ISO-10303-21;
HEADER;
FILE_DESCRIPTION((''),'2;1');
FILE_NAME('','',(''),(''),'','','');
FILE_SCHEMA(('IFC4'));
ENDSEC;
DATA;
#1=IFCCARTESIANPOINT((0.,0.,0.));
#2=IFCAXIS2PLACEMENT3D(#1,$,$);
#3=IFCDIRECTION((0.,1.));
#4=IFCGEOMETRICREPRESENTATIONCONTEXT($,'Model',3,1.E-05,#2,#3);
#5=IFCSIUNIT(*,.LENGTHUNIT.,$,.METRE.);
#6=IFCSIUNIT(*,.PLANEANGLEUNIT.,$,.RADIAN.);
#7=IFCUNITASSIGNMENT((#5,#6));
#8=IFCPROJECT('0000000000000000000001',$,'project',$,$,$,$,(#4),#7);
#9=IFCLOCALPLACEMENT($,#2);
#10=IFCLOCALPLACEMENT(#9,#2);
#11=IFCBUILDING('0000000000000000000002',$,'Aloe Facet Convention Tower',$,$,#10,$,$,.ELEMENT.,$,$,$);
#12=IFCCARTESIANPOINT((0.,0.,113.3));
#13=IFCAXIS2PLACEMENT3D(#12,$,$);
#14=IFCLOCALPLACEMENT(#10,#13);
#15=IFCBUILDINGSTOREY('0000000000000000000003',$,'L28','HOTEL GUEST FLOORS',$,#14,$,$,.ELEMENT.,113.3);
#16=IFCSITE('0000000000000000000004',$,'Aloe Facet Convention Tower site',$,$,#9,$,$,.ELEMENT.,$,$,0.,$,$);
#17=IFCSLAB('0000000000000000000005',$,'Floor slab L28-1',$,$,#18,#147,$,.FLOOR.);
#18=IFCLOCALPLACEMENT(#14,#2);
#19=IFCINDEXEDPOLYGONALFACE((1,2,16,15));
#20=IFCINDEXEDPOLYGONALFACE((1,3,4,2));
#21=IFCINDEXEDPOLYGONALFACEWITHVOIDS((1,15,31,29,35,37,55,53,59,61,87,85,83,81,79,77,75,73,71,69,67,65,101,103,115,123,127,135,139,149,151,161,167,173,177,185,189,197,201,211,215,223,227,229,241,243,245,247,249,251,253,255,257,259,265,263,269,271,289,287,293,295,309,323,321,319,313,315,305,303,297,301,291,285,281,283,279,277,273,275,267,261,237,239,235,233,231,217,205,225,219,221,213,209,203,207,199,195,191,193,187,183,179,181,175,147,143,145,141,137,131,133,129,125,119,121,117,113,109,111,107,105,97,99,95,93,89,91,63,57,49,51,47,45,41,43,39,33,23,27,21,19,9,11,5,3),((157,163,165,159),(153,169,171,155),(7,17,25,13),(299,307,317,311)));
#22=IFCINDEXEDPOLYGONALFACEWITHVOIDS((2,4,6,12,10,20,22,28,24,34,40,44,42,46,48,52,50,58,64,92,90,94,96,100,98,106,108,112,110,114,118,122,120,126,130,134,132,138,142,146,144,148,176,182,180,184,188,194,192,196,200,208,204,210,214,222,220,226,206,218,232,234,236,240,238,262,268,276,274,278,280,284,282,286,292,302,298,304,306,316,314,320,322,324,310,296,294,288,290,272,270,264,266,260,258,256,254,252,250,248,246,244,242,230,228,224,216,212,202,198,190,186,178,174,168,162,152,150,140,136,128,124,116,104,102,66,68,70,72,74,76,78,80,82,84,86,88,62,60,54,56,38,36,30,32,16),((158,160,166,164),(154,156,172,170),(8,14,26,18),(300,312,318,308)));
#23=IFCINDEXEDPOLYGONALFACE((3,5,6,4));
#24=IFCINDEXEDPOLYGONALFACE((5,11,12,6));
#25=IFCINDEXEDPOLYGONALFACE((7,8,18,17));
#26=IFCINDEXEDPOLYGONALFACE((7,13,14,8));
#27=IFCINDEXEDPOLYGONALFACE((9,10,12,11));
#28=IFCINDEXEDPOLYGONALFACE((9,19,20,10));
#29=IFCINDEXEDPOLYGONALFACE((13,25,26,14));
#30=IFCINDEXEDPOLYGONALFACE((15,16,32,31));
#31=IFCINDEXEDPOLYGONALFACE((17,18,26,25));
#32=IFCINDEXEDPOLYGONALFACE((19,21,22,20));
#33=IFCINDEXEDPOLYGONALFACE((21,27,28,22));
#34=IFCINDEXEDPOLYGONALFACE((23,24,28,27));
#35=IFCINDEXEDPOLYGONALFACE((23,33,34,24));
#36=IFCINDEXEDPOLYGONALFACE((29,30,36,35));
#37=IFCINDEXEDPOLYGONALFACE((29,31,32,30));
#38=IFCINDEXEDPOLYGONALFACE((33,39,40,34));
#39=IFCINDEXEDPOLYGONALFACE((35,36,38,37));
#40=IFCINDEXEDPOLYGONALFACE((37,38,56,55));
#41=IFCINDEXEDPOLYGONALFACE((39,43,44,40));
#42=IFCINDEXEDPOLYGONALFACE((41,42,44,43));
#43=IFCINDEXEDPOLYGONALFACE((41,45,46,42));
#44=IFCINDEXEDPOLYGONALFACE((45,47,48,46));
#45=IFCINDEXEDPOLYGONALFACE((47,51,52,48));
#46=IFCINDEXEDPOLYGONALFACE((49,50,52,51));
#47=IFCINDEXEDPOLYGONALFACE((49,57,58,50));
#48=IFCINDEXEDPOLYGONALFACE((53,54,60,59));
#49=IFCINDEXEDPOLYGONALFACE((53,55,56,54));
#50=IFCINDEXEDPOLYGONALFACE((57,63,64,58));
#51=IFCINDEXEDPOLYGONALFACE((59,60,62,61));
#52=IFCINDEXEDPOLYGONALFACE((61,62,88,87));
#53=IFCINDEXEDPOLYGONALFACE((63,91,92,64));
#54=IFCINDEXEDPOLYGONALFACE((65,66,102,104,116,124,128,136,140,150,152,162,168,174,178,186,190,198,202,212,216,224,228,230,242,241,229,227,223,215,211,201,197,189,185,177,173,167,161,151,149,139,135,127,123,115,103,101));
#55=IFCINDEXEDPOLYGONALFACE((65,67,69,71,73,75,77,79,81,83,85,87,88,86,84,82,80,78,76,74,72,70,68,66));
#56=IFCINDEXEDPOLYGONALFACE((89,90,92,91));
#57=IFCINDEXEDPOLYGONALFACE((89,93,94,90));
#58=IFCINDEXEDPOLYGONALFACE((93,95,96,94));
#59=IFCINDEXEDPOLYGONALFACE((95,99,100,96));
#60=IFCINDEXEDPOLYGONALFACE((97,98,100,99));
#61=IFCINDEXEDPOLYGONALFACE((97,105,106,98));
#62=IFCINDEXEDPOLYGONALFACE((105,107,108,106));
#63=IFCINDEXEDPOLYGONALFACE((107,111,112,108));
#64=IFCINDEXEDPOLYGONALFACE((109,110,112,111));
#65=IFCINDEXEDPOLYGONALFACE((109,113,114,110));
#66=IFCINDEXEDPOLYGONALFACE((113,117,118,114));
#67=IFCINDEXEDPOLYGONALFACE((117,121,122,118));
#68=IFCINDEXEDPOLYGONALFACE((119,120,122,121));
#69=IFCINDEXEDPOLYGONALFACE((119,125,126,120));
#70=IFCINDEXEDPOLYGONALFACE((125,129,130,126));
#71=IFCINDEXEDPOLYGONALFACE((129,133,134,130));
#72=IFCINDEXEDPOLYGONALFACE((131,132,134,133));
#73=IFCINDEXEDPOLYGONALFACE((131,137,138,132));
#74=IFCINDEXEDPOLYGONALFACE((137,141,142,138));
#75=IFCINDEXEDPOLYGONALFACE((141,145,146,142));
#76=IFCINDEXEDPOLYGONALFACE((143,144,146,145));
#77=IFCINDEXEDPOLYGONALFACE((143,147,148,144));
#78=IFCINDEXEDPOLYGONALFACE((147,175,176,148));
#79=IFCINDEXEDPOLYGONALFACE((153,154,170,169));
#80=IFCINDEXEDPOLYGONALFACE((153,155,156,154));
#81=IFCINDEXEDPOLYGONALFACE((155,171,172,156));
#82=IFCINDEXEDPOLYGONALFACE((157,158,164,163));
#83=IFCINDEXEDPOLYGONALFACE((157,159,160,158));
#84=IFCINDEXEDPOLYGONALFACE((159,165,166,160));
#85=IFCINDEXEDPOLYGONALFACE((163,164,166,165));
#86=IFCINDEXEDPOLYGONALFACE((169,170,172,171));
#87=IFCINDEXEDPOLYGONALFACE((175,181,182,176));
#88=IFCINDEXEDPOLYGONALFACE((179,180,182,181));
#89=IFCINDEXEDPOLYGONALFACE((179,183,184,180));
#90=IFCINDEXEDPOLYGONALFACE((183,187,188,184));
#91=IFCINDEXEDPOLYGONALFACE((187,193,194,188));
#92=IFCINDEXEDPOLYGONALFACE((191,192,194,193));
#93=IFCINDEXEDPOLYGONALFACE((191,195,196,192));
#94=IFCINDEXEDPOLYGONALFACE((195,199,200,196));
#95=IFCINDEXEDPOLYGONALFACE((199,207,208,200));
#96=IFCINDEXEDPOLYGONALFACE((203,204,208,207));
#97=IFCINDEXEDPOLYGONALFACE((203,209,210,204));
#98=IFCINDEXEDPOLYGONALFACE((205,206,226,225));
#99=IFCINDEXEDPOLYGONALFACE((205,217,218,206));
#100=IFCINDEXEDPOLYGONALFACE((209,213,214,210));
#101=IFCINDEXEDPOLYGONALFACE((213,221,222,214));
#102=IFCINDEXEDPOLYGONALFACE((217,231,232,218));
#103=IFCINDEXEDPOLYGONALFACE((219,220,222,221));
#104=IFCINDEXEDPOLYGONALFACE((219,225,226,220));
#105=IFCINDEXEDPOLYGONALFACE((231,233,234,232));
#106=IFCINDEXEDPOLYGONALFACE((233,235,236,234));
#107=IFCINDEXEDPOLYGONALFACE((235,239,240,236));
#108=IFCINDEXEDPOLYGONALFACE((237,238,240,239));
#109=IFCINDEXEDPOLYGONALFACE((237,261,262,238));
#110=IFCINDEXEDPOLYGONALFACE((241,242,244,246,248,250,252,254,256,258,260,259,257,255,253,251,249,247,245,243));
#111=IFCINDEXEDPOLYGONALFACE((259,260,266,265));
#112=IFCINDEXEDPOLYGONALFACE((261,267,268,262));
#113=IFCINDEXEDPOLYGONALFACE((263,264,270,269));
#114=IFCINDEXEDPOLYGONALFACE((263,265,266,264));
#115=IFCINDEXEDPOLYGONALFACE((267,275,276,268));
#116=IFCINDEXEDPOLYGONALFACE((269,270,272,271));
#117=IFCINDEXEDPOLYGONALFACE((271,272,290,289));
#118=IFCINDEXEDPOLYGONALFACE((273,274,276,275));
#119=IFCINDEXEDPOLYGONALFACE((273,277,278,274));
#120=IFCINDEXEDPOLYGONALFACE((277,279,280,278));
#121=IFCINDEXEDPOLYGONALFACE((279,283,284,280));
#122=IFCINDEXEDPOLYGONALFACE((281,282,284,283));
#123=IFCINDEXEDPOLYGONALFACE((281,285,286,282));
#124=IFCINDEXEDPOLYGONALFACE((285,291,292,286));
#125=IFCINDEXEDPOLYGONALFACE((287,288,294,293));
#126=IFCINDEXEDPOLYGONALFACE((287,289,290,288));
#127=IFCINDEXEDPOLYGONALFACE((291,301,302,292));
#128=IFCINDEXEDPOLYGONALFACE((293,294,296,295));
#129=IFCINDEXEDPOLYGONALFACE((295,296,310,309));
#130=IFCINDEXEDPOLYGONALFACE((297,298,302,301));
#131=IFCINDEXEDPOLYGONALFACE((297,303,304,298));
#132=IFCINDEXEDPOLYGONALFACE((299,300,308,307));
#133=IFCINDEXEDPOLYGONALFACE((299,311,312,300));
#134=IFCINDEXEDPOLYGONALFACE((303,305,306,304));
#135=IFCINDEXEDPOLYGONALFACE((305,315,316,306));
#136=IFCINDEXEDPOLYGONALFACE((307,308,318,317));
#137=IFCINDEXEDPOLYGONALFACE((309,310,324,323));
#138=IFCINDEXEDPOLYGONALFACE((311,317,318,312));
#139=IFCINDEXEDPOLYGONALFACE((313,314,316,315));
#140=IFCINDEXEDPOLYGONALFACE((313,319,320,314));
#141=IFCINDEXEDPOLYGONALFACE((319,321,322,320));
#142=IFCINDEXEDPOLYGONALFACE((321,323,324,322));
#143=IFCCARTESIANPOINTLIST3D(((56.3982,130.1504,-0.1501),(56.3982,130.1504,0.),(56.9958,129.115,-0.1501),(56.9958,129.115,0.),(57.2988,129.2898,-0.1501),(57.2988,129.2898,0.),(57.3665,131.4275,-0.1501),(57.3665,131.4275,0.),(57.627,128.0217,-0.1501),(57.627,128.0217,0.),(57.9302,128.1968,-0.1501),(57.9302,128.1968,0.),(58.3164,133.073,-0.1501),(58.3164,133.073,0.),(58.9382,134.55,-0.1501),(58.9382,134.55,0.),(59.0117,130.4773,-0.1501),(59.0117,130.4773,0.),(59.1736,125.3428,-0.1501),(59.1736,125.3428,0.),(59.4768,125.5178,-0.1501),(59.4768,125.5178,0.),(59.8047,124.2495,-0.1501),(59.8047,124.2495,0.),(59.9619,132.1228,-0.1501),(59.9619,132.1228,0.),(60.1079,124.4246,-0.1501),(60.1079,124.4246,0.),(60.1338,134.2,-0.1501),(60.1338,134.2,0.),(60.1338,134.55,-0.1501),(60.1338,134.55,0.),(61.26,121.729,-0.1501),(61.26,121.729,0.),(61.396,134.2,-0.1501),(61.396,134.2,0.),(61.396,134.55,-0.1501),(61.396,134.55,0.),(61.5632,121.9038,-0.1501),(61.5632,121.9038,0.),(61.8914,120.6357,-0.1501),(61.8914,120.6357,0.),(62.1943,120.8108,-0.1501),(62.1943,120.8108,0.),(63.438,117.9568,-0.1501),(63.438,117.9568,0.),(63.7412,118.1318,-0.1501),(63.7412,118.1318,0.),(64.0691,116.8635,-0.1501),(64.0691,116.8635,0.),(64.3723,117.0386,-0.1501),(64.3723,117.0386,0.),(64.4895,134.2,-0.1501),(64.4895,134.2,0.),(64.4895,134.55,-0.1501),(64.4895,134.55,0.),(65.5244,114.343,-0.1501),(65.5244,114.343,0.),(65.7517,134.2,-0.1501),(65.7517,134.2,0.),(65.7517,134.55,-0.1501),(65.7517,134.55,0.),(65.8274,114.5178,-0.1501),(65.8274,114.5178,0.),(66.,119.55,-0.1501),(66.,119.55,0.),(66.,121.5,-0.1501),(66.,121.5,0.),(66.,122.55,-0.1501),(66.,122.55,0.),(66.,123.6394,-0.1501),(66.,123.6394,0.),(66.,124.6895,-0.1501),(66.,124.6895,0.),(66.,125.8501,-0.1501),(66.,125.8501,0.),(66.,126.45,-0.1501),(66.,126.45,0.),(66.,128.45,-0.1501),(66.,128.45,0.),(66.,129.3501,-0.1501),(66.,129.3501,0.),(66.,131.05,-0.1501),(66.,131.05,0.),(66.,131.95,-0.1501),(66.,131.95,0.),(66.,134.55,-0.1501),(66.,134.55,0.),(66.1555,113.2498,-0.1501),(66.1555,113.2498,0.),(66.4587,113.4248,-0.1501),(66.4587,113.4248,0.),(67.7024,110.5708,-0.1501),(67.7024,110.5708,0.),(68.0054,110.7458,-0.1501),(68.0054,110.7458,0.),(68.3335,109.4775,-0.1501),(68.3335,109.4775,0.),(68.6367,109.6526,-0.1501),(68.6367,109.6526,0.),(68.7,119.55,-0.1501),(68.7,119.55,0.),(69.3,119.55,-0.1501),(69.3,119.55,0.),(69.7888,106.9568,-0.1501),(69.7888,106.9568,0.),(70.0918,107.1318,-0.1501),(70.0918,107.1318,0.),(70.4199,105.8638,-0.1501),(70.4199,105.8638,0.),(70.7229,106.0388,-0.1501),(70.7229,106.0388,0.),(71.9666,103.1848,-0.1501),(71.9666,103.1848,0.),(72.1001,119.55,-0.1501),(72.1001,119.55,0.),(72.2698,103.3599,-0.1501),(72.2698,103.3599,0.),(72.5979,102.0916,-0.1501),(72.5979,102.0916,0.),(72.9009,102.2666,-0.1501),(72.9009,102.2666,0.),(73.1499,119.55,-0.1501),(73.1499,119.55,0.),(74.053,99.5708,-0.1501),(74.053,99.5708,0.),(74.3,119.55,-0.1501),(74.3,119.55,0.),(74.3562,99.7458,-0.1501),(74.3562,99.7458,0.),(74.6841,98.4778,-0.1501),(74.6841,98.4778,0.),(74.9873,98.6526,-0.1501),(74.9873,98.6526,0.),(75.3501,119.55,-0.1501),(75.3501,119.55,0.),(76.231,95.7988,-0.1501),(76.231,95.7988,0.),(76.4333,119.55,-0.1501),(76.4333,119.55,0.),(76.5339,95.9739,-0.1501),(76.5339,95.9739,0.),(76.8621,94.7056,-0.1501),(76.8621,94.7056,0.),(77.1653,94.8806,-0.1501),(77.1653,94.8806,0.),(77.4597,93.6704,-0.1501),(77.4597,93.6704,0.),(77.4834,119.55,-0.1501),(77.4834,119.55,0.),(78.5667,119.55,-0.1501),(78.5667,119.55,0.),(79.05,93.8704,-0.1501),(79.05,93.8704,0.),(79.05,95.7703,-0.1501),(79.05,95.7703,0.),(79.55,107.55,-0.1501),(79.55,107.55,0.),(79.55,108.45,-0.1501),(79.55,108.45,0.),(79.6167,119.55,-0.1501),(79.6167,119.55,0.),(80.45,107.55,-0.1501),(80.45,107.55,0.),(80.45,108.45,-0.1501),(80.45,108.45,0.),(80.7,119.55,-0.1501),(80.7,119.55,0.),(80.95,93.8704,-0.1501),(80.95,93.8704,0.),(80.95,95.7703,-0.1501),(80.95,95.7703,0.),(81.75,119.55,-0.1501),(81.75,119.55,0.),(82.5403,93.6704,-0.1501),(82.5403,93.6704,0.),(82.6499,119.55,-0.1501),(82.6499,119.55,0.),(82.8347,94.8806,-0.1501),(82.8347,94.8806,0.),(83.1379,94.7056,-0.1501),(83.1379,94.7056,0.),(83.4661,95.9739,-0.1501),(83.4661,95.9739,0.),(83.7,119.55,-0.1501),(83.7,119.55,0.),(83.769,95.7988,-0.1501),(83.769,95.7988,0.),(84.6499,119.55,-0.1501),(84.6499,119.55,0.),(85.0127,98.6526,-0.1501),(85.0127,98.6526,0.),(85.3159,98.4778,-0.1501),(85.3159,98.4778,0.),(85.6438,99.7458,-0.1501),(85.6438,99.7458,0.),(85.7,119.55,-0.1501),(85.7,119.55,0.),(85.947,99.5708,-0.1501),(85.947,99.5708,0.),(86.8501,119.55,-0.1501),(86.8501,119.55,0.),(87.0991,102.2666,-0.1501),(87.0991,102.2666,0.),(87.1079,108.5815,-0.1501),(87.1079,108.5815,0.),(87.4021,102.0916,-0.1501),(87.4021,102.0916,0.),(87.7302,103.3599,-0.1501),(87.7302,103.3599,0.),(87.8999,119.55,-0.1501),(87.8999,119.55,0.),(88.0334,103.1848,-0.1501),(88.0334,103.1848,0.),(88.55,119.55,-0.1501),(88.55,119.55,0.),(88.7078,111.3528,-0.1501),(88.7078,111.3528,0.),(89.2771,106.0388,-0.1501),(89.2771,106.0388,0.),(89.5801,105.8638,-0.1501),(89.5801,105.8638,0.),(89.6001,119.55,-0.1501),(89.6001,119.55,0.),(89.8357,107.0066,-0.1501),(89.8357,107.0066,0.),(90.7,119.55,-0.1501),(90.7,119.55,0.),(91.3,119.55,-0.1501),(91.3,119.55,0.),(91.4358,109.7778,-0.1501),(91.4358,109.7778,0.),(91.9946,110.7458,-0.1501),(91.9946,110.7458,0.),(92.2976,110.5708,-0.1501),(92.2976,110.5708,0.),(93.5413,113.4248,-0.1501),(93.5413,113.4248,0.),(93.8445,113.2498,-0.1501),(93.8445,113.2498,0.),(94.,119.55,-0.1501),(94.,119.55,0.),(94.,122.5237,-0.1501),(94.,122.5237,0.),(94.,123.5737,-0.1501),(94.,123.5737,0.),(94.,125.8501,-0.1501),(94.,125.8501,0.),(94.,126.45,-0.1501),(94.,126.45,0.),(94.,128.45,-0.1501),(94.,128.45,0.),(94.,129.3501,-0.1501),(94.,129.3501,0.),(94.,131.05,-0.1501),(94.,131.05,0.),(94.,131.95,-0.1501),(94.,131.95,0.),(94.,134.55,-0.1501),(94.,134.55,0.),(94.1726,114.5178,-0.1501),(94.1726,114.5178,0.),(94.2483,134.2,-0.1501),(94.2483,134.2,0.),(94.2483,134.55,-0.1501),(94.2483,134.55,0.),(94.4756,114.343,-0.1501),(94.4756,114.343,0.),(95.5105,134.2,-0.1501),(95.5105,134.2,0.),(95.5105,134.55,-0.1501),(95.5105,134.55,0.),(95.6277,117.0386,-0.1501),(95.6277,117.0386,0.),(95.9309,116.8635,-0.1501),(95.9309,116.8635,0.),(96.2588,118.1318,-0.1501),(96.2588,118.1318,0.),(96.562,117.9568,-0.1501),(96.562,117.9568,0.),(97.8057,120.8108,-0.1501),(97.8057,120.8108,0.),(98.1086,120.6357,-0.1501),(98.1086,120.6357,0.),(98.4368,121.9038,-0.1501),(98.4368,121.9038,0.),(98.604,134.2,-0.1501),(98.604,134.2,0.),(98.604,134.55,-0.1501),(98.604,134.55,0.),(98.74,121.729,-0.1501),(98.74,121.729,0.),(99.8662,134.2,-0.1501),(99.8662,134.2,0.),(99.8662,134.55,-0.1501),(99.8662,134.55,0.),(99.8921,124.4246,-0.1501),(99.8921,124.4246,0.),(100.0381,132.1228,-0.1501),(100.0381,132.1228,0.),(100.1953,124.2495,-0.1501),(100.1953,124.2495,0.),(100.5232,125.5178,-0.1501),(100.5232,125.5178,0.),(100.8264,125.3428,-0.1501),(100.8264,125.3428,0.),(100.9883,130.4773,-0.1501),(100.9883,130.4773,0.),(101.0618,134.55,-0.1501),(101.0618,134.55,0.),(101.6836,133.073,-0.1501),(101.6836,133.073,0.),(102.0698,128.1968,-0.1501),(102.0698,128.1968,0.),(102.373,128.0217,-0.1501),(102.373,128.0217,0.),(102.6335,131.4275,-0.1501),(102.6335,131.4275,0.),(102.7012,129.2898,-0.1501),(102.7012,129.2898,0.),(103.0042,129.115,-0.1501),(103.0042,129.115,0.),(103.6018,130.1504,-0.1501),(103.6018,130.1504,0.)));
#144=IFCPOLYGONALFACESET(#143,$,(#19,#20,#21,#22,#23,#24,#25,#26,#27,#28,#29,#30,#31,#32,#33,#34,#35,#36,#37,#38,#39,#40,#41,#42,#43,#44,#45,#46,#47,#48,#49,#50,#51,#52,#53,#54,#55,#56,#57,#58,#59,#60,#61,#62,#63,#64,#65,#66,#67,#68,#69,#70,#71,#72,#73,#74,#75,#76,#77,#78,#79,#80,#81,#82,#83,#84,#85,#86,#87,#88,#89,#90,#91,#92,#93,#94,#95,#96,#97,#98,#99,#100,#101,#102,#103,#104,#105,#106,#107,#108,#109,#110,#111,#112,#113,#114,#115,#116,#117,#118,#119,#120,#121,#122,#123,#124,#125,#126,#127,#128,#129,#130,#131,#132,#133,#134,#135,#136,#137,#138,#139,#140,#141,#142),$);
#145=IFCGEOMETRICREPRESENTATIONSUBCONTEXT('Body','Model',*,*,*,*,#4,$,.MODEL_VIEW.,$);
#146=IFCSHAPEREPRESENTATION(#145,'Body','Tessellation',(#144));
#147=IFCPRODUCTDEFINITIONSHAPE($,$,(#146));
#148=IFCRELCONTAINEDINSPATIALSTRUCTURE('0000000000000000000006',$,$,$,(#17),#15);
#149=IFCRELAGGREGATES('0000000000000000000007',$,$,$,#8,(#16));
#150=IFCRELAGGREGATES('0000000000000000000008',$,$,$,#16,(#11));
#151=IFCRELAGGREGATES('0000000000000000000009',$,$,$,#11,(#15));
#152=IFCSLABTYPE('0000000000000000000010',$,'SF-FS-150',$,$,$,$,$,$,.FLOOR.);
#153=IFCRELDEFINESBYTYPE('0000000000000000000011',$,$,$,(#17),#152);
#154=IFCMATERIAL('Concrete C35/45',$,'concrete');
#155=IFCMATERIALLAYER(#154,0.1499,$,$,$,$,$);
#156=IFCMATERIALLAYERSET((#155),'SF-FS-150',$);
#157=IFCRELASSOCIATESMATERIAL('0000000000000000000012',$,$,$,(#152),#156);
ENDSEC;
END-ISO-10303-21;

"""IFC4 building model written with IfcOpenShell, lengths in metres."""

from ifc_helpers import new_model, si_unit, direction, frame, origin, place, context, subcontext, project, spatial, polyline, outline, extrude, material, layer, layer_set, type_object, element, save


model = new_model("IFC4")

# Units and contexts
model_context = context("Model", 3, precision=1e-05, world=origin(), true_north=direction((0.0, 1.0)))
body_context = subcontext(model_context, "Body", "Model", "MODEL_VIEW")
ifc_project = project(units=[si_unit("LENGTHUNIT", "METRE"), si_unit("PLANEANGLEUNIT", "RADIAN")], contexts=[model_context])

# Site, building, storey
site_placement = place(None, origin())
site = spatial("IfcSite", under=ifc_project, at=site_placement, Name="Aloe Facet Convention Tower site", CompositionType="ELEMENT", RefElevation=0.0)
building_placement = place(site_placement, origin())
building = spatial("IfcBuilding", under=site, at=building_placement, Name="Aloe Facet Convention Tower", CompositionType="ELEMENT")
storey_placement = place(building_placement, frame((0.0, 0.0, 113.3)))
storey = spatial("IfcBuildingStorey", under=building, at=storey_placement, Name="L28", Description="HOTEL GUEST FLOORS", CompositionType="ELEMENT", Elevation=113.3)

# Slab
ifc_material_1 = material(Name="Concrete C35/45", Category="concrete")
ifc_layer_1 = layer(ifc_material_1, 0.1499)
ifc_layer_set_1 = layer_set([ifc_layer_1], Name="SF-FS-150")
slab_type_1 = type_object("IfcSlabType", Name="SF-FS-150", PredefinedType="FLOOR", material=ifc_layer_set_1)
slab_1_placement = place(storey_placement, frame((0.0, 0.0, -0.1501)))
element("IfcSlab", 1, at=slab_1_placement, inside=storey, type_object=slab_type_1, Name="Floor slab L28-1", PredefinedType="FLOOR", context=body_context, shape_type="SweptSolid", body=[
    extrude(outline(polyline([(77.4597, 93.6704), (76.8621, 94.7056), (77.1653, 94.8806), (76.5339, 95.9739), (76.231, 95.7988), (74.6841, 98.4778), (74.9873, 98.6526), (74.3562, 99.7458), (74.053, 99.5708), (72.5979, 102.0916), (72.9009, 102.2666), (72.2698, 103.3599), (71.9666, 103.1848), (70.4199, 105.8638), (70.7229, 106.0388), (70.0918, 107.1318), (69.7888, 106.9568), (68.3335, 109.4775), (68.6367, 109.6526), (68.0054, 110.7458), (67.7024, 110.5708), (66.1555, 113.2498), (66.4587, 113.4248), (65.8274, 114.5178), (65.5244, 114.343), (64.0691, 116.8635), (64.3723, 117.0386), (63.7412, 118.1318), (63.438, 117.9568), (61.8914, 120.6357), (62.1943, 120.8108), (61.5632, 121.9038), (61.26, 121.729), (59.8047, 124.2495), (60.1079, 124.4246), (59.4768, 125.5178), (59.1736, 125.3428), (57.627, 128.0217), (57.9302, 128.1968), (57.2988, 129.2898), (56.9958, 129.115), (56.3982, 130.1504), (58.9382, 134.55), (60.1338, 134.55), (60.1338, 134.2), (61.396, 134.2), (61.396, 134.55), (64.4895, 134.55), (64.4895, 134.2), (65.7517, 134.2), (65.7517, 134.55), (66.0, 134.55), (66.0, 131.95), (66.0, 131.05), (66.0, 129.3501), (66.0, 128.45), (66.0, 126.45), (66.0, 125.8501), (66.0, 124.6895), (66.0, 123.6394), (66.0, 122.55), (66.0, 121.5), (66.0, 119.55), (68.7, 119.55), (69.3, 119.55), (72.1001, 119.55), (73.1499, 119.55), (74.3, 119.55), (75.3501, 119.55), (76.4333, 119.55), (77.4834, 119.55), (78.5667, 119.55), (79.6167, 119.55), (80.7, 119.55), (81.75, 119.55), (82.6499, 119.55), (83.7, 119.55), (84.6499, 119.55), (85.7, 119.55), (86.8501, 119.55), (87.8999, 119.55), (88.55, 119.55), (89.6001, 119.55), (90.7, 119.55), (91.3, 119.55), (94.0, 119.55), (94.0, 122.5237), (94.0, 123.5737), (94.0, 125.8501), (94.0, 126.45), (94.0, 128.45), (94.0, 129.3501), (94.0, 131.05), (94.0, 131.95), (94.0, 134.55), (94.2483, 134.55), (94.2483, 134.2), (95.5105, 134.2), (95.5105, 134.55), (98.604, 134.55), (98.604, 134.2), (99.8662, 134.2), (99.8662, 134.55), (101.0618, 134.55), (103.6018, 130.1504), (103.0042, 129.115), (102.7012, 129.2898), (102.0698, 128.1968), (102.373, 128.0217), (100.8264, 125.3428), (100.5232, 125.5178), (99.8921, 124.4246), (100.1953, 124.2495), (98.74, 121.729), (98.4368, 121.9038), (97.8057, 120.8108), (98.1086, 120.6357), (96.562, 117.9568), (96.2588, 118.1318), (95.6277, 117.0386), (95.9309, 116.8635), (94.4756, 114.343), (94.1726, 114.5178), (93.5413, 113.4248), (93.8445, 113.2498), (92.2976, 110.5708), (91.9946, 110.7458), (91.4358, 109.7778), (88.7078, 111.3528), (87.1079, 108.5815), (89.8357, 107.0066), (89.2771, 106.0388), (89.5801, 105.8638), (88.0334, 103.1848), (87.7302, 103.3599), (87.0991, 102.2666), (87.4021, 102.0916), (85.947, 99.5708), (85.6438, 99.7458), (85.0127, 98.6526), (85.3159, 98.4778), (83.769, 95.7988), (83.4661, 95.9739), (82.8347, 94.8806), (83.1379, 94.7056), (82.5403, 93.6704), (77.4597, 93.6704)]), holes=[polyline([(80.45, 107.55), (80.45, 108.45), (79.55, 108.45), (79.55, 107.55), (80.45, 107.55)]), polyline([(58.3164, 133.073), (57.3665, 131.4275), (59.0117, 130.4773), (59.9619, 132.1228), (58.3164, 133.073)]), polyline([(79.05, 93.8704), (80.95, 93.8704), (80.95, 95.7703), (79.05, 95.7703), (79.05, 93.8704)]), polyline([(102.6335, 131.4275), (101.6836, 133.073), (100.0381, 132.1228), (100.9883, 130.4773), (102.6335, 131.4275)])]), origin(), (0.0, 0.0, 1.0), 0.1501),
])

save(model, "model.ifc")
